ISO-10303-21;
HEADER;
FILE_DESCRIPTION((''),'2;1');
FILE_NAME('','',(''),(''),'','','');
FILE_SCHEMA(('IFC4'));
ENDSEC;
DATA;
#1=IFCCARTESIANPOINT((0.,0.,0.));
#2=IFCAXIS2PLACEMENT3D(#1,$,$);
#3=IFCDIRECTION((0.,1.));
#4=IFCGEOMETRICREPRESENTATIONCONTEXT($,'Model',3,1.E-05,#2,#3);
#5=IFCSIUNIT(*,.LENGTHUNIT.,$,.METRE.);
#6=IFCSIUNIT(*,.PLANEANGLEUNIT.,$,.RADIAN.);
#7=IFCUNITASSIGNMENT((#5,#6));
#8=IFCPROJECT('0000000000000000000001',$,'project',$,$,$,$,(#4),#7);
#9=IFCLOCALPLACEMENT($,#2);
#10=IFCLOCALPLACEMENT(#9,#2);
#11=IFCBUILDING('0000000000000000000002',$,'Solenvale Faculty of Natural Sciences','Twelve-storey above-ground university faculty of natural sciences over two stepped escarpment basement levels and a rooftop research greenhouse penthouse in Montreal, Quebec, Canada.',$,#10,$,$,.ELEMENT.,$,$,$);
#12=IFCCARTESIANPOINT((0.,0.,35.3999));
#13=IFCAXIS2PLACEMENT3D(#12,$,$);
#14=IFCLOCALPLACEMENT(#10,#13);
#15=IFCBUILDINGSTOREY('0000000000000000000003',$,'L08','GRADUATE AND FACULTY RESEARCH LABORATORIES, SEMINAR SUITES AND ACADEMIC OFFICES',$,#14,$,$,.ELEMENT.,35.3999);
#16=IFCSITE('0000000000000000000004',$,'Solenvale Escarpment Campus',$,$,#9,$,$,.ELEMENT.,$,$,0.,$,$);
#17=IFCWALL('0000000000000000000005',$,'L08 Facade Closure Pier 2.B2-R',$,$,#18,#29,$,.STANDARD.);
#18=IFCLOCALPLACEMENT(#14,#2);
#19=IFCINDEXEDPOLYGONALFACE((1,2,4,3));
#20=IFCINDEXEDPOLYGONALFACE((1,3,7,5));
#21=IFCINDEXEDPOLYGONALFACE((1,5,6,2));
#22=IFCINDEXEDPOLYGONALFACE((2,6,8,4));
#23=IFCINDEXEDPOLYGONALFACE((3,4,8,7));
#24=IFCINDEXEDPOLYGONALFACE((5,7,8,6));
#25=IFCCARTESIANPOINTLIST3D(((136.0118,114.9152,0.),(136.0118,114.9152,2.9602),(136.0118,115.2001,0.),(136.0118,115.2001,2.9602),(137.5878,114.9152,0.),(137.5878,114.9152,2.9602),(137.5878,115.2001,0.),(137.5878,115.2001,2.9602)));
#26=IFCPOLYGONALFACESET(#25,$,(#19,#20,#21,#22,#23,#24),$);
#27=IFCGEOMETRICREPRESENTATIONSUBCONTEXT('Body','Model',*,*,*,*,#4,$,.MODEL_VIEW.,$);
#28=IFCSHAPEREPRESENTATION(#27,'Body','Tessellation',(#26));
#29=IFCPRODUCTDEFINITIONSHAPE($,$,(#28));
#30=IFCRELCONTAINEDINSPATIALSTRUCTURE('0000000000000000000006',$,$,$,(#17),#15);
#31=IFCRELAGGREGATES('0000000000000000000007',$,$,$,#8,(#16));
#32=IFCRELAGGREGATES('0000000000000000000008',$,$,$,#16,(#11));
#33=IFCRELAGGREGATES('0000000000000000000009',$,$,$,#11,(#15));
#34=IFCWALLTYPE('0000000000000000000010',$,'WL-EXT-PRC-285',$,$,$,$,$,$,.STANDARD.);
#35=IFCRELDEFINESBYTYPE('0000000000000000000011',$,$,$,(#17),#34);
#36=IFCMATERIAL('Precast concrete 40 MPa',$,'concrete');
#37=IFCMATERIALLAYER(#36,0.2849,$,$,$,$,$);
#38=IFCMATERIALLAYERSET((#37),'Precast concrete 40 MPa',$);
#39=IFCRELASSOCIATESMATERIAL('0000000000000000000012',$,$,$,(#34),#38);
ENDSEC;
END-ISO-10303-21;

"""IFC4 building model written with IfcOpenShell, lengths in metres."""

from ifc_helpers import new_model, si_unit, direction, frame, frame_2d, origin, place, context, subcontext, project, spatial, rectangle, extrude, material, layer, layer_set, type_object, element, save


model = new_model("IFC4")

# Units and contexts
model_context = context("Model", 3, precision=1e-05, world=origin(), true_north=direction((0.0, 1.0)))
body_context = subcontext(model_context, "Body", "Model", "MODEL_VIEW")
ifc_project = project(units=[si_unit("LENGTHUNIT", "METRE"), si_unit("PLANEANGLEUNIT", "RADIAN")], contexts=[model_context])

# Site, building, storey
site_placement = place(None, origin())
site = spatial("IfcSite", under=ifc_project, at=site_placement, Name="Solenvale Escarpment Campus", CompositionType="ELEMENT", RefElevation=0.0)
building_placement = place(site_placement, origin())
building = spatial("IfcBuilding", under=site, at=building_placement, Name="Solenvale Faculty of Natural Sciences", Description="Twelve-storey above-ground university faculty of natural sciences over two stepped escarpment basement levels and a rooftop research greenhouse penthouse in Montreal, Quebec, Canada.", CompositionType="ELEMENT")
storey_placement = place(building_placement, frame((0.0, 0.0, 35.3999)))
storey = spatial("IfcBuildingStorey", under=building, at=storey_placement, Name="L08", Description="GRADUATE AND FACULTY RESEARCH LABORATORIES, SEMINAR SUITES AND ACADEMIC OFFICES", CompositionType="ELEMENT", Elevation=35.3999)

# Shared definitions
ifc_material_1 = material(Name="Precast concrete 40 MPa", Category="concrete")

# Wall
ifc_layer_1 = layer(ifc_material_1, 0.2849)
ifc_layer_set_1 = layer_set([ifc_layer_1], Name="Precast concrete 40 MPa")
wall_type = type_object("IfcWallType", Name="WL-EXT-PRC-285", PredefinedType="STANDARD", material=ifc_layer_set_1)
wall_placement = place(storey_placement, frame((137.5879, 115.0576, 0.0), z_axis=(0.0, 0.0, 1.0), x_axis=(-1.0, 0.0, 0.0)))
element("IfcWall", 1, at=wall_placement, inside=storey, type_object=wall_type, Name="L08 Facade Closure Pier 2.B2-R", PredefinedType="STANDARD", context=body_context, shape_type="SweptSolid", body=[
    extrude(rectangle(XDim=1.5759, YDim=0.2849, at=frame_2d((0.7881, 0.0))), origin(), (0.0, 0.0, 1.0), 2.9602),
])

save(model, "model.ifc")
